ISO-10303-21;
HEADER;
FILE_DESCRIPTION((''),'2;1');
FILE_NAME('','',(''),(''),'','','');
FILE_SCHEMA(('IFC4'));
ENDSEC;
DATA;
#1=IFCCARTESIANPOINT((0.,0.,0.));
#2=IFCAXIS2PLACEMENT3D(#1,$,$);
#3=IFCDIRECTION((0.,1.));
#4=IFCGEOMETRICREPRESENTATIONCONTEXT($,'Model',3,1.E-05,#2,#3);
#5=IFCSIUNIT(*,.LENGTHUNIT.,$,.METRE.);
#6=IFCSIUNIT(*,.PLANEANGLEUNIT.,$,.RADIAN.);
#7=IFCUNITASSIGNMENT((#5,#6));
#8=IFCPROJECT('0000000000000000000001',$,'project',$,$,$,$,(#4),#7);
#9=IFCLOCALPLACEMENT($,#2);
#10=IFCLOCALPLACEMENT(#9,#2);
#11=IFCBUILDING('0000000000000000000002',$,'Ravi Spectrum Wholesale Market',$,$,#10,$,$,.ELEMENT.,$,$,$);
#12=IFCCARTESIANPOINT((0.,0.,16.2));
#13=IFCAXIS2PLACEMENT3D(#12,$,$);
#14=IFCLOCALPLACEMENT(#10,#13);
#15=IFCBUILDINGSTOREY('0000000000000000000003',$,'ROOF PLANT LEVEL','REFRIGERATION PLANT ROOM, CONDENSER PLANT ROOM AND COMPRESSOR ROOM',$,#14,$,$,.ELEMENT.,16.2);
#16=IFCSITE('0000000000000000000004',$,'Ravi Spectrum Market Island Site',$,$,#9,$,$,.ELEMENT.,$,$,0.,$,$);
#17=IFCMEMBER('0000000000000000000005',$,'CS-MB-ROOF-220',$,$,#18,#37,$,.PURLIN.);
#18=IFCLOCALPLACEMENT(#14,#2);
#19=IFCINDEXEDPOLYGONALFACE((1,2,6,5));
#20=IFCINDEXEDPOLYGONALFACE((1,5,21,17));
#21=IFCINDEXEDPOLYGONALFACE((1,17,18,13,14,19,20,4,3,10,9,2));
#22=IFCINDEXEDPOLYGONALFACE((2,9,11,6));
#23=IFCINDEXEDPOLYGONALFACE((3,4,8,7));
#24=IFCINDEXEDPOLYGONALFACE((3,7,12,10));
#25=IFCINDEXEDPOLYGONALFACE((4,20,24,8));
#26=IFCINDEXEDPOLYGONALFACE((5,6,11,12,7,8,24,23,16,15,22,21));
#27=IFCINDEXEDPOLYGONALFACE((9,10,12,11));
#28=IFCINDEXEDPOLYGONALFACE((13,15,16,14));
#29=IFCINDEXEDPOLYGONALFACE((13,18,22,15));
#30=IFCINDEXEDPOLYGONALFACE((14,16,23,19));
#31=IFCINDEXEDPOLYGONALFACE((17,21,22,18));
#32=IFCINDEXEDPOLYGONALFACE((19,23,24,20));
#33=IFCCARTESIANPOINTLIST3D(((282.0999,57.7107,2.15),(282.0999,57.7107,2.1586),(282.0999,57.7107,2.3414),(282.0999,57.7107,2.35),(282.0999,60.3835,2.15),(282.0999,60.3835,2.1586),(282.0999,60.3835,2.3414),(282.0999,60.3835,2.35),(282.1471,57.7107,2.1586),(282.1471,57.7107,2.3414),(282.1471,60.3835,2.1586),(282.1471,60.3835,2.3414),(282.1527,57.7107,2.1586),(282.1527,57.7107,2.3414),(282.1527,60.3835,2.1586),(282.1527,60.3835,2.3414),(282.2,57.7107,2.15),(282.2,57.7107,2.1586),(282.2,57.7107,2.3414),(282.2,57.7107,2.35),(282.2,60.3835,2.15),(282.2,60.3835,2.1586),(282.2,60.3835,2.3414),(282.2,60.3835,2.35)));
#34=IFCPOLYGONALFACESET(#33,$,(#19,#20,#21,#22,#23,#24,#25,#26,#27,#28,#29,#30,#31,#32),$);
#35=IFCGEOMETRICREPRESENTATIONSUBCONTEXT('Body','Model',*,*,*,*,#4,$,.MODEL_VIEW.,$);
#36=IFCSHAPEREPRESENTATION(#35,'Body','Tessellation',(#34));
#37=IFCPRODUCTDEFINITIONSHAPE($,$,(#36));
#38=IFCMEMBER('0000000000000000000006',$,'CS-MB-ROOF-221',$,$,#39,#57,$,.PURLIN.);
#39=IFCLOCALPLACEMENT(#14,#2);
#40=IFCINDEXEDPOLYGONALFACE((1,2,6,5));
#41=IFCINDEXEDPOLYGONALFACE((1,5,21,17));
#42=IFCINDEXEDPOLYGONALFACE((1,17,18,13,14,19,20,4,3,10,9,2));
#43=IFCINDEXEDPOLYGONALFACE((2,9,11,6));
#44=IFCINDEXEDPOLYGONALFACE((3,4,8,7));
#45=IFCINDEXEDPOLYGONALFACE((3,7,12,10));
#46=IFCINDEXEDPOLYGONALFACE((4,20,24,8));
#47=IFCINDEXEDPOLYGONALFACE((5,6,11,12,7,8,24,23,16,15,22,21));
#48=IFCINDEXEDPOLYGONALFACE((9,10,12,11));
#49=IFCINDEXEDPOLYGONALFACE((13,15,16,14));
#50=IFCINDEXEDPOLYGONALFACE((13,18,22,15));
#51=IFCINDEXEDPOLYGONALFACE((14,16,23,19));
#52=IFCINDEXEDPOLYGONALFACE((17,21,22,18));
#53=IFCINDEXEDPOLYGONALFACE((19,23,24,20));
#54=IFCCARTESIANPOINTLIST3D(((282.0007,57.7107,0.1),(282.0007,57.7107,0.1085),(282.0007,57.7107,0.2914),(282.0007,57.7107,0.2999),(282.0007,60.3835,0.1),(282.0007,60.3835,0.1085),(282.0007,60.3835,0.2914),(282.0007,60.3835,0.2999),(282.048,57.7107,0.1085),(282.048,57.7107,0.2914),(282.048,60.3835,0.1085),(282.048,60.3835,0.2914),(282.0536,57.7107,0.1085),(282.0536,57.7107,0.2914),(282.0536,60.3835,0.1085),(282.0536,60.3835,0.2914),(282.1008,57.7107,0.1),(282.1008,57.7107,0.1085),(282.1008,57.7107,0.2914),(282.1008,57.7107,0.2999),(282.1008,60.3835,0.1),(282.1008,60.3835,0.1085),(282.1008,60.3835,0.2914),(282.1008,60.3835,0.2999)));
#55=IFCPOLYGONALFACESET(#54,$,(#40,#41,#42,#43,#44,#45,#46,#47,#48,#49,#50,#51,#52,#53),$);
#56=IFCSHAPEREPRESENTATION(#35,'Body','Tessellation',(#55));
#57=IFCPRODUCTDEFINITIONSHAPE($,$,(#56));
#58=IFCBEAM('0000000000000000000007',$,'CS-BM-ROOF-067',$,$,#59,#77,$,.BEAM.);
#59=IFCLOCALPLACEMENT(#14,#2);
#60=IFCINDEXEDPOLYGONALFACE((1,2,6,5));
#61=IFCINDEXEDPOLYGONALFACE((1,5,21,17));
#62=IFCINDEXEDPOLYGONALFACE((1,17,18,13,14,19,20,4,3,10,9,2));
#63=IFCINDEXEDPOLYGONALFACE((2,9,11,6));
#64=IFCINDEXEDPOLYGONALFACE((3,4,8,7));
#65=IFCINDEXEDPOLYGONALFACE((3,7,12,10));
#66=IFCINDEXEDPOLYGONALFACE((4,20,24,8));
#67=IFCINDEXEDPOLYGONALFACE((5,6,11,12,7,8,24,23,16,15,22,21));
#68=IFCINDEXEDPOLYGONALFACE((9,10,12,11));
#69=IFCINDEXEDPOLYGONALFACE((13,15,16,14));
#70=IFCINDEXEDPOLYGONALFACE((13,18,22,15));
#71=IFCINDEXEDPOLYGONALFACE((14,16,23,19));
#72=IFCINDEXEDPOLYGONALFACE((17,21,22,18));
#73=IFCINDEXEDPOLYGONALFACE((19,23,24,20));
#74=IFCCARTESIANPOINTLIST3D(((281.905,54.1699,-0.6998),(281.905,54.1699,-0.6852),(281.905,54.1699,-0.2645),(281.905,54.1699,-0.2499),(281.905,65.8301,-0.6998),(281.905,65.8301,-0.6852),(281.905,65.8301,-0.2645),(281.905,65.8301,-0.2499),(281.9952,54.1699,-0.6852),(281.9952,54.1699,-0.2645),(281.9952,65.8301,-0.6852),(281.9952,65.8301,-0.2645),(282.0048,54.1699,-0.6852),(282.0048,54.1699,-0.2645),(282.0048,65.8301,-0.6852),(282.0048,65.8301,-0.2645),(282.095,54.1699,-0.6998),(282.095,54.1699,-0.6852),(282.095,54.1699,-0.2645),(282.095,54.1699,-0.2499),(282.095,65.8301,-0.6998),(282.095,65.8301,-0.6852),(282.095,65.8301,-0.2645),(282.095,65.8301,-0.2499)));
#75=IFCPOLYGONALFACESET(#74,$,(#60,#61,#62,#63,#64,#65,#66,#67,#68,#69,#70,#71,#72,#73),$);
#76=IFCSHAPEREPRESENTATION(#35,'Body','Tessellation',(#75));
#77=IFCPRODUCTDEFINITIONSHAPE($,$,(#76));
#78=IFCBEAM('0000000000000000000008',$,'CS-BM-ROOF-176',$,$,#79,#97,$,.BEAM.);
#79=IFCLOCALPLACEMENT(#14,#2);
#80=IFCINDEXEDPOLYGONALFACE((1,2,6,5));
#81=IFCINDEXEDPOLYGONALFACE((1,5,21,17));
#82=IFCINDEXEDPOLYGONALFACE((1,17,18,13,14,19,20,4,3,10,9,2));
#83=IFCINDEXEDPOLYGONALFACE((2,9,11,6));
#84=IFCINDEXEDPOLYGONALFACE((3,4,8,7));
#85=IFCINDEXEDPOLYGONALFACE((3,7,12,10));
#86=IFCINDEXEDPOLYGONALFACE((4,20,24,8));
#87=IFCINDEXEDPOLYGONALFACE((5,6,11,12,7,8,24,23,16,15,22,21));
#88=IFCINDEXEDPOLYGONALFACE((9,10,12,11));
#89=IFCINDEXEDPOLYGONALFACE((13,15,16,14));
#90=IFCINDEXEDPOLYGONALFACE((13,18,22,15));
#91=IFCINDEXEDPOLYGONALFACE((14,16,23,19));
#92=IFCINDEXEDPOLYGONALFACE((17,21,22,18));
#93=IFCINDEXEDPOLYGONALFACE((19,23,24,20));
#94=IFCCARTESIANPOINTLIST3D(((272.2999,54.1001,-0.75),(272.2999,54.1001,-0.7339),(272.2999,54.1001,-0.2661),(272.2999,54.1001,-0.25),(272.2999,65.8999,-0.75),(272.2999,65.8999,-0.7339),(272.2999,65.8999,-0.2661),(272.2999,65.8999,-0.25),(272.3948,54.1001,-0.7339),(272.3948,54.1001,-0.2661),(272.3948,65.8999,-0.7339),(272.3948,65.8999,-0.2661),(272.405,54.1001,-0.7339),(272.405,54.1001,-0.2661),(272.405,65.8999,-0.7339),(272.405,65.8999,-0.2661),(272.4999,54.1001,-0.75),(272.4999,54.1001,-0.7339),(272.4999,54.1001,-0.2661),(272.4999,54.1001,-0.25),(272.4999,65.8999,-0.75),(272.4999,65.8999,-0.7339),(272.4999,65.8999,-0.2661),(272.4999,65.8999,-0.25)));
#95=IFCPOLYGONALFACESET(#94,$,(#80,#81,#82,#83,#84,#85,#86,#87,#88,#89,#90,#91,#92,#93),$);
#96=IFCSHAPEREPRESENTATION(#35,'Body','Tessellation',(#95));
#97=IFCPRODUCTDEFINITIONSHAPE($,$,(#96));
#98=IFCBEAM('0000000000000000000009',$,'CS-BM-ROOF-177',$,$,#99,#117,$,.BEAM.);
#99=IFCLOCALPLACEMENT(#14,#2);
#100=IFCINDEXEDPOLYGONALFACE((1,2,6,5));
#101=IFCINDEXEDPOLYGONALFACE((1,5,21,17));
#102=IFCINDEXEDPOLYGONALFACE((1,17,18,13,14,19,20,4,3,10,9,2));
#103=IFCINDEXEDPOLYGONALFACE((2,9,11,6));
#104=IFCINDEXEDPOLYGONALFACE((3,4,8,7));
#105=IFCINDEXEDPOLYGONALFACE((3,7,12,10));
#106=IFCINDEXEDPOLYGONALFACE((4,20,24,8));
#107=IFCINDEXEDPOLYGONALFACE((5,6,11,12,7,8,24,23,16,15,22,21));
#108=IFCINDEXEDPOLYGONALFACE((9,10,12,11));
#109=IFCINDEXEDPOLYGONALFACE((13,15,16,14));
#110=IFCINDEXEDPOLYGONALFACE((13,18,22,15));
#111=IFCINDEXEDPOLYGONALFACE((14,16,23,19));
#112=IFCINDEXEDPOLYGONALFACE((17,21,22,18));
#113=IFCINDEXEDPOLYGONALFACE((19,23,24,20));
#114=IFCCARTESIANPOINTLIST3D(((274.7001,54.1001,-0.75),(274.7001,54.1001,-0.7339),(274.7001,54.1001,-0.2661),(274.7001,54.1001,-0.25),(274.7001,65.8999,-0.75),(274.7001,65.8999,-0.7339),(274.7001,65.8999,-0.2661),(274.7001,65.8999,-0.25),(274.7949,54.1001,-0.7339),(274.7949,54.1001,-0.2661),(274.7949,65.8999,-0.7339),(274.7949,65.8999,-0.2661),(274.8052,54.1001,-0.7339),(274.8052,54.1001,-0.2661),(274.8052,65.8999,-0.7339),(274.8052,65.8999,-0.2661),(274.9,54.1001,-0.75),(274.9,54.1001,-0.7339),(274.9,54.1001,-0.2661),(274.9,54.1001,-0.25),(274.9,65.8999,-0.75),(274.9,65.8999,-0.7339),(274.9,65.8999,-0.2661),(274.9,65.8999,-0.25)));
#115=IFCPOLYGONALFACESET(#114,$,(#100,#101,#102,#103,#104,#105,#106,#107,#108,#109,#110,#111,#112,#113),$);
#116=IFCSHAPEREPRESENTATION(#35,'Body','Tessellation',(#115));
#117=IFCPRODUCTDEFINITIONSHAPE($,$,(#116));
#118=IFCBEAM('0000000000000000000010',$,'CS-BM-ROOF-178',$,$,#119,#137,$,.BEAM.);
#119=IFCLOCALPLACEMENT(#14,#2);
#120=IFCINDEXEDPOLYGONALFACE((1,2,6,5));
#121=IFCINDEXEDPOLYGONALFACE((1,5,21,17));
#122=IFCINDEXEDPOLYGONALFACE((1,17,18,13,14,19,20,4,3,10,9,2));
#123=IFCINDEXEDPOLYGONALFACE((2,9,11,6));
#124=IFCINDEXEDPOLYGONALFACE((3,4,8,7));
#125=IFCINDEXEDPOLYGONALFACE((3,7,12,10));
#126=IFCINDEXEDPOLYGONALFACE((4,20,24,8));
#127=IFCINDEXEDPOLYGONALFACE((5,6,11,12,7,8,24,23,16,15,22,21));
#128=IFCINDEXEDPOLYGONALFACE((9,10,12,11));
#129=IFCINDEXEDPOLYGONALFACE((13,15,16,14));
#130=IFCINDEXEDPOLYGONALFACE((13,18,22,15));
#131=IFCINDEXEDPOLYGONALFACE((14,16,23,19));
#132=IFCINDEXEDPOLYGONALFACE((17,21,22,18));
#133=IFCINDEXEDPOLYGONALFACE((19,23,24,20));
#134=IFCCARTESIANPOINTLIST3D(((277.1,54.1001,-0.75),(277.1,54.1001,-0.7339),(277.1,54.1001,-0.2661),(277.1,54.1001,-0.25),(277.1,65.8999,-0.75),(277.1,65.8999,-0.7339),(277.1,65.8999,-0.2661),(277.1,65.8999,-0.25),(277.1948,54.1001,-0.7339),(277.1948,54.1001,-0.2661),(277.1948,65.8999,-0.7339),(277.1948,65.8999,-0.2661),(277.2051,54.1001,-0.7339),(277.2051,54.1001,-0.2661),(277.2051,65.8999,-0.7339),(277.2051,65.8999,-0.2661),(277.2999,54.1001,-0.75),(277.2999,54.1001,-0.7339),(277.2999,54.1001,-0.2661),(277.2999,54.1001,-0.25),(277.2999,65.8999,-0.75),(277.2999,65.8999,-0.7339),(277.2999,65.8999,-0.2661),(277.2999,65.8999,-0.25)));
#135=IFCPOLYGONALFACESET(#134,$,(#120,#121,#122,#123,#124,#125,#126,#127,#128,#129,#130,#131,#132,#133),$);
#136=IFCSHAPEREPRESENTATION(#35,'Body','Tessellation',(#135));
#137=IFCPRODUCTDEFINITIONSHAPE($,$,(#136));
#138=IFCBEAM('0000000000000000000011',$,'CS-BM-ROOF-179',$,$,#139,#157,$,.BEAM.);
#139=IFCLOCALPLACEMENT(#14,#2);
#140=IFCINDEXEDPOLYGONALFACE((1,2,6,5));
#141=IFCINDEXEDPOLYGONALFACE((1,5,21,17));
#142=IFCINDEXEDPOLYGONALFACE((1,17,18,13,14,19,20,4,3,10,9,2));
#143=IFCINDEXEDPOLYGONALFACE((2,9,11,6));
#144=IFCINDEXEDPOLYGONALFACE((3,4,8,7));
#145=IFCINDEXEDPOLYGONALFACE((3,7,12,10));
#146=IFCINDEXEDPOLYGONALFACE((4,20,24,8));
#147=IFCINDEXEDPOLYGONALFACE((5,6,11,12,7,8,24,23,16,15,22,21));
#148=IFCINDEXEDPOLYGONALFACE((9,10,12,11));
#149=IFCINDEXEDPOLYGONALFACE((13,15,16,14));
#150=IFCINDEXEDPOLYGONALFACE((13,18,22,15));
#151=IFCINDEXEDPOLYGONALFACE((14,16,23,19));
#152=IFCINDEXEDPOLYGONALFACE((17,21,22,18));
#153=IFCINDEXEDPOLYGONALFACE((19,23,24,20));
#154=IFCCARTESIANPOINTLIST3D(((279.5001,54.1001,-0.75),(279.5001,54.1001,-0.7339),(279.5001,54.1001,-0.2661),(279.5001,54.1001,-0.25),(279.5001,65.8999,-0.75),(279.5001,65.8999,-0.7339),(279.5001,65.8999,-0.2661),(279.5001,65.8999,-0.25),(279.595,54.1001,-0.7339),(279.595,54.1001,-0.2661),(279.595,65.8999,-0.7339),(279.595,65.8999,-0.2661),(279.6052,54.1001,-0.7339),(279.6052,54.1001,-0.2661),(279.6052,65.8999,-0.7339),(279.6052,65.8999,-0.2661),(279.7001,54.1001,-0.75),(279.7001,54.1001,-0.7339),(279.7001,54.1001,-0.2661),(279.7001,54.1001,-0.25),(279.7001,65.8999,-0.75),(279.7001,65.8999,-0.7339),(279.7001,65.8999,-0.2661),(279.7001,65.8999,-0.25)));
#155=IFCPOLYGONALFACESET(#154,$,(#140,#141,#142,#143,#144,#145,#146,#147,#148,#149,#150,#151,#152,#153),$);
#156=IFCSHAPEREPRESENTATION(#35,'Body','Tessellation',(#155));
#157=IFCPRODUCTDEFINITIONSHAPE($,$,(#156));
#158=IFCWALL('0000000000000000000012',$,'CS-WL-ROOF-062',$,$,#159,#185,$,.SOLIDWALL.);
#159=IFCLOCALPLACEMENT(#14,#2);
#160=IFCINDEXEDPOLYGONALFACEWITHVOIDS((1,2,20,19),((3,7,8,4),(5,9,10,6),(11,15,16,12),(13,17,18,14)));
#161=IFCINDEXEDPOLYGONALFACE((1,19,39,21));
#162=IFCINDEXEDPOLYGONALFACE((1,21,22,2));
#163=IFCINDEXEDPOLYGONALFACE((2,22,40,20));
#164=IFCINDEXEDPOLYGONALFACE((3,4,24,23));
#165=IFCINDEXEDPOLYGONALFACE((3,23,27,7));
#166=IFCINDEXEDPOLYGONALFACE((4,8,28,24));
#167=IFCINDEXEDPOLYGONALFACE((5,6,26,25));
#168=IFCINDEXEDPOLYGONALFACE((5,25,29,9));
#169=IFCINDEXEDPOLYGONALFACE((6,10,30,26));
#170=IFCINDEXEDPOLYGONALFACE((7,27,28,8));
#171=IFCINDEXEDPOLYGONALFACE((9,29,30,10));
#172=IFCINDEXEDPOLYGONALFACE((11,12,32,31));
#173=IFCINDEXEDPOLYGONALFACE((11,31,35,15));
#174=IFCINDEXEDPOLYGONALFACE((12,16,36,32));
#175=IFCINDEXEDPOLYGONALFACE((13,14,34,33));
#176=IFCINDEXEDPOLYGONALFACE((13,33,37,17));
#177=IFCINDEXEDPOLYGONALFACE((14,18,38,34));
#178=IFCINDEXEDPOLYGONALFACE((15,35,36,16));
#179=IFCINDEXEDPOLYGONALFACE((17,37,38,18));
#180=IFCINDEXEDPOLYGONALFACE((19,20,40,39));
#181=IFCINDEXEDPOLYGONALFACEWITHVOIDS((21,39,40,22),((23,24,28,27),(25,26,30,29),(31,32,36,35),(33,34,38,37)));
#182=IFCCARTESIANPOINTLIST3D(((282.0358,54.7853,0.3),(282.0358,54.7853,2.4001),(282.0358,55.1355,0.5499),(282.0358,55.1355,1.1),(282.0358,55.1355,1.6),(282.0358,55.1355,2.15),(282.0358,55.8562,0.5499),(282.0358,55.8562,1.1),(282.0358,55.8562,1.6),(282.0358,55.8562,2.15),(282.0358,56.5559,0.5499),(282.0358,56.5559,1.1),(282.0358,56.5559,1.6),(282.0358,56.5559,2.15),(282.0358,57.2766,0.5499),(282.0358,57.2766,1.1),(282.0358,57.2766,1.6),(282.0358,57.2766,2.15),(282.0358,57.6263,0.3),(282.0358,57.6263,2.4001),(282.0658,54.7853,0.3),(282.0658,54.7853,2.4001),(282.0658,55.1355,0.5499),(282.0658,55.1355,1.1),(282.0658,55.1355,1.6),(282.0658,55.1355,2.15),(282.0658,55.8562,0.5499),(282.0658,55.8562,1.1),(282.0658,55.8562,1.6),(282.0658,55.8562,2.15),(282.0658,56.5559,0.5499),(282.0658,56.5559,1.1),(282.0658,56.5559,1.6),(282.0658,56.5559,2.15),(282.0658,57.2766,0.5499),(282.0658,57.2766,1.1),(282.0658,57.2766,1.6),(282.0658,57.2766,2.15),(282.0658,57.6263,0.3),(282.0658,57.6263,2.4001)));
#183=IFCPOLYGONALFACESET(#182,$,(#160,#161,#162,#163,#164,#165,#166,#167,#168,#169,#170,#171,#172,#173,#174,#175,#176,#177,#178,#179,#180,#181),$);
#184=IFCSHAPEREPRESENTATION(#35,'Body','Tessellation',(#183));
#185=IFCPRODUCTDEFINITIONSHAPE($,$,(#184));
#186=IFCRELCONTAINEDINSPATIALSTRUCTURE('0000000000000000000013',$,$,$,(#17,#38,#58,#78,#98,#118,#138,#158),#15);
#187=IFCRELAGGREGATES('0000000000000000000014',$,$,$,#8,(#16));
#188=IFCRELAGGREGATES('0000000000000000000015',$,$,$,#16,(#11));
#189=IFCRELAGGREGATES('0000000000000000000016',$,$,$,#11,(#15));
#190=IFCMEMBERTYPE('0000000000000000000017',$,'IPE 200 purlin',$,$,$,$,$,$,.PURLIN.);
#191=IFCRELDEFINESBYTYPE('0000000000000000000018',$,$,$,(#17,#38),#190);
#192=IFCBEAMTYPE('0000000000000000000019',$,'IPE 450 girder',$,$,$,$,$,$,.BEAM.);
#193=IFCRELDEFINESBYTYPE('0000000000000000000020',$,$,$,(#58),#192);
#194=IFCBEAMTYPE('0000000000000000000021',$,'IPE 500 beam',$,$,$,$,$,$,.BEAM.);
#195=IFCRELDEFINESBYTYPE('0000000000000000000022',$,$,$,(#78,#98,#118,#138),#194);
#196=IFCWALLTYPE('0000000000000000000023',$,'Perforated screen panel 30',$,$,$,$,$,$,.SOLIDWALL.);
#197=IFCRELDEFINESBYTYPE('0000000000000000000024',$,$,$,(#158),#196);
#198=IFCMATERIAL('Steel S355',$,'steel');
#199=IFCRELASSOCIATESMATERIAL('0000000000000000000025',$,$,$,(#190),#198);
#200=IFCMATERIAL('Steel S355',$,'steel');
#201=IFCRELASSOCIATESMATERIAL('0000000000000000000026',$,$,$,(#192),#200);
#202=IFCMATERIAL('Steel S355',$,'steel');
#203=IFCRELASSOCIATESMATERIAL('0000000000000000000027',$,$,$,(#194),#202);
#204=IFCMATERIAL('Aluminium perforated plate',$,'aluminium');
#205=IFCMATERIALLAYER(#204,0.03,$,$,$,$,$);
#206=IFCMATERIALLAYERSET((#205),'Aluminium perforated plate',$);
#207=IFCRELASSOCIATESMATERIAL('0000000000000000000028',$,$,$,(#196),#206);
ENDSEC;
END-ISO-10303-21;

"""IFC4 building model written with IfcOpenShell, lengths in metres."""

from ifc_helpers import new_model, si_unit, direction, frame, frame_2d, origin, origin_2d, place, context, subcontext, project, spatial, rectangle, i_section, extrude, material, layer, layer_set, material_profile, profile_set, type_object, element, save


model = new_model("IFC4")

# Units and contexts
model_context = context("Model", 3, precision=1e-05, world=origin(), true_north=direction((0.0, 1.0)))
body_context = subcontext(model_context, "Body", "Model", "MODEL_VIEW")
ifc_project = project(units=[si_unit("LENGTHUNIT", "METRE"), si_unit("PLANEANGLEUNIT", "RADIAN")], contexts=[model_context])

# Site, building, storey
site_placement = place(None, origin())
site = spatial("IfcSite", under=ifc_project, at=site_placement, Name="Ravi Spectrum Market Island Site", CompositionType="ELEMENT", RefElevation=0.0)
building_placement = place(site_placement, origin())
building = spatial("IfcBuilding", under=site, at=building_placement, Name="Ravi Spectrum Wholesale Market", CompositionType="ELEMENT")
storey_placement = place(building_placement, frame((0.0, 0.0, 16.2)))
storey = spatial("IfcBuildingStorey", under=building, at=storey_placement, Name="ROOF PLANT LEVEL", Description="REFRIGERATION PLANT ROOM, CONDENSER PLANT ROOM AND COMPRESSOR ROOM", CompositionType="ELEMENT", Elevation=16.2)

# Members
ifc_material_1 = material(Name="Steel S355", Category="steel")
ifc_material_profile_1 = material_profile(ifc_material_1, i_section(OverallWidth=0.1001, OverallDepth=0.2, WebThickness=0.0056, FlangeThickness=0.0085, at=origin_2d()))
ifc_profile_set_1 = profile_set([ifc_material_profile_1], Name="Steel S355")
member_type_1 = type_object("IfcMemberType", Name="IPE 200 purlin", PredefinedType="PURLIN", material=ifc_profile_set_1)
for number, where, z_axis, x_axis, name in (
    (1, (282.1499, 57.7107, 2.25), (0.0, 1.0, 0.0), (-1.0, 0.0, 0.0), "CS-MB-ROOF-220"),
    (2, (282.0508, 57.7107, 0.2), (0.0, 1.0, 0.0), (-1.0, 0.0, 0.0), "CS-MB-ROOF-221"),
):
    element("IfcMember", number, at=place(storey_placement, frame(where, z_axis=z_axis, x_axis=x_axis)), inside=storey, type_object=member_type_1, Name=name, PredefinedType="PURLIN", context=body_context, shape_type="SweptSolid", body=[
        extrude(i_section(OverallWidth=0.1001, OverallDepth=0.2, WebThickness=0.0056, FlangeThickness=0.0085, at=origin_2d()), origin(), (0.0, 0.0, 1.0), 2.6729),
    ])

# Beams
ifc_material_2 = material(Name="Steel S355", Category="steel")
ifc_material_profile_2 = material_profile(ifc_material_2, i_section(OverallWidth=0.1899, OverallDepth=0.45, WebThickness=0.0095, FlangeThickness=0.0146, at=origin_2d()))
ifc_profile_set_2 = profile_set([ifc_material_profile_2], Name="Steel S355")
beam_type_1 = type_object("IfcBeamType", Name="IPE 450 girder", PredefinedType="BEAM", material=ifc_profile_set_2)
beam_placement = place(storey_placement, frame((282.0, 54.1699, -0.4749), z_axis=(0.0, 1.0, 0.0), x_axis=(-1.0, 0.0, 0.0)))
element("IfcBeam", 3, at=beam_placement, inside=storey, type_object=beam_type_1, Name="CS-BM-ROOF-067", PredefinedType="BEAM", context=body_context, shape_type="SweptSolid", body=[
    extrude(i_section(OverallWidth=0.1899, OverallDepth=0.45, WebThickness=0.0095, FlangeThickness=0.0146, at=origin_2d()), origin(), (0.0, 0.0, 1.0), 11.6602),
])
ifc_material_3 = material(Name="Steel S355", Category="steel")
ifc_material_profile_3 = material_profile(ifc_material_3, i_section(OverallWidth=0.2, OverallDepth=0.5, WebThickness=0.0103, FlangeThickness=0.0161, at=origin_2d()))
ifc_profile_set_3 = profile_set([ifc_material_profile_3], Name="Steel S355")
beam_type_2 = type_object("IfcBeamType", Name="IPE 500 beam", PredefinedType="BEAM", material=ifc_profile_set_3)
for number, where, z_axis, x_axis, name in (
    (4, (272.3999, 54.1001, -0.5), (0.0, 1.0, 0.0), (-1.0, 0.0, 0.0), "CS-BM-ROOF-176"),
    (5, (274.8, 54.1001, -0.5), (0.0, 1.0, 0.0), (-1.0, 0.0, 0.0), "CS-BM-ROOF-177"),
    (6, (277.2, 54.1001, -0.5), (0.0, 1.0, 0.0), (-1.0, 0.0, 0.0), "CS-BM-ROOF-178"),
    (7, (279.6001, 54.1001, -0.5), (0.0, 1.0, 0.0), (-1.0, 0.0, 0.0), "CS-BM-ROOF-179"),
):
    element("IfcBeam", number, at=place(storey_placement, frame(where, z_axis=z_axis, x_axis=x_axis)), inside=storey, type_object=beam_type_2, Name=name, PredefinedType="BEAM", context=body_context, shape_type="SweptSolid", body=[
        extrude(i_section(OverallWidth=0.2, OverallDepth=0.5, WebThickness=0.0103, FlangeThickness=0.0161, at=origin_2d()), origin(), (0.0, 0.0, 1.0), 11.7998),
    ])

# Wall, openings
ifc_material_4 = material(Name="Aluminium perforated plate", Category="aluminium")
ifc_layer = layer(ifc_material_4, 0.03)
ifc_layer_set = layer_set([ifc_layer], Name="Aluminium perforated plate")
wall_type = type_object("IfcWallType", Name="Perforated screen panel 30", PredefinedType="SOLIDWALL", material=ifc_layer_set)
wall_1_placement = place(storey_placement, frame((282.0508, 54.7854, 0.3), z_axis=(0.0, 0.0, 1.0), x_axis=(0.0, 1.0, 0.0)))
wall_1 = element("IfcWall", 8, at=wall_1_placement, inside=storey, type_object=wall_type, Name="CS-WL-ROOF-062", PredefinedType="SOLIDWALL", context=body_context, shape_type="SweptSolid", body=[
    extrude(rectangle(XDim=2.8411, YDim=0.03, at=frame_2d((1.4204, 0.0))), origin(), (0.0, 0.0, 1.0), 2.1001),
])
opening_1_placement = place(wall_1_placement, frame((0.3501, 0.0, 0.25)))
element("IfcOpeningElement", 9, at=opening_1_placement, cuts=wall_1, PredefinedType="OPENING", context=body_context, shape_type="SweptSolid", body=[
    extrude(rectangle(XDim=0.7207, YDim=0.55, at=frame_2d((0.3604, 0.2749))), frame((0.0, 0.0249, 0.0), z_axis=(0.0, -1.0, 0.0), x_axis=(1.0, 0.0, 0.0)), (0.0, 0.0, 1.0), 0.05),
])
opening_2_placement = place(wall_1_placement, frame((0.3501, 0.0, 1.3)))
element("IfcOpeningElement", 10, at=opening_2_placement, cuts=wall_1, PredefinedType="OPENING", context=body_context, shape_type="SweptSolid", body=[
    extrude(rectangle(XDim=0.7207, YDim=0.55, at=frame_2d((0.3604, 0.2749))), frame((0.0, 0.0249, 0.0), z_axis=(0.0, -1.0, 0.0), x_axis=(1.0, 0.0, 0.0)), (0.0, 0.0, 1.0), 0.05),
])
opening_3_placement = place(wall_1_placement, frame((1.7705, 0.0, 0.25)))
element("IfcOpeningElement", 11, at=opening_3_placement, cuts=wall_1, PredefinedType="OPENING", context=body_context, shape_type="SweptSolid", body=[
    extrude(rectangle(XDim=0.7207, YDim=0.55, at=frame_2d((0.3604, 0.2749))), frame((0.0, 0.0249, 0.0), z_axis=(0.0, -1.0, 0.0), x_axis=(1.0, 0.0, 0.0)), (0.0, 0.0, 1.0), 0.05),
])
opening_4_placement = place(wall_1_placement, frame((1.7705, 0.0, 1.3)))
element("IfcOpeningElement", 12, at=opening_4_placement, cuts=wall_1, PredefinedType="OPENING", context=body_context, shape_type="SweptSolid", body=[
    extrude(rectangle(XDim=0.7207, YDim=0.55, at=frame_2d((0.3604, 0.2749))), frame((0.0, 0.0249, 0.0), z_axis=(0.0, -1.0, 0.0), x_axis=(1.0, 0.0, 0.0)), (0.0, 0.0, 1.0), 0.05),
])

save(model, "model.ifc")
